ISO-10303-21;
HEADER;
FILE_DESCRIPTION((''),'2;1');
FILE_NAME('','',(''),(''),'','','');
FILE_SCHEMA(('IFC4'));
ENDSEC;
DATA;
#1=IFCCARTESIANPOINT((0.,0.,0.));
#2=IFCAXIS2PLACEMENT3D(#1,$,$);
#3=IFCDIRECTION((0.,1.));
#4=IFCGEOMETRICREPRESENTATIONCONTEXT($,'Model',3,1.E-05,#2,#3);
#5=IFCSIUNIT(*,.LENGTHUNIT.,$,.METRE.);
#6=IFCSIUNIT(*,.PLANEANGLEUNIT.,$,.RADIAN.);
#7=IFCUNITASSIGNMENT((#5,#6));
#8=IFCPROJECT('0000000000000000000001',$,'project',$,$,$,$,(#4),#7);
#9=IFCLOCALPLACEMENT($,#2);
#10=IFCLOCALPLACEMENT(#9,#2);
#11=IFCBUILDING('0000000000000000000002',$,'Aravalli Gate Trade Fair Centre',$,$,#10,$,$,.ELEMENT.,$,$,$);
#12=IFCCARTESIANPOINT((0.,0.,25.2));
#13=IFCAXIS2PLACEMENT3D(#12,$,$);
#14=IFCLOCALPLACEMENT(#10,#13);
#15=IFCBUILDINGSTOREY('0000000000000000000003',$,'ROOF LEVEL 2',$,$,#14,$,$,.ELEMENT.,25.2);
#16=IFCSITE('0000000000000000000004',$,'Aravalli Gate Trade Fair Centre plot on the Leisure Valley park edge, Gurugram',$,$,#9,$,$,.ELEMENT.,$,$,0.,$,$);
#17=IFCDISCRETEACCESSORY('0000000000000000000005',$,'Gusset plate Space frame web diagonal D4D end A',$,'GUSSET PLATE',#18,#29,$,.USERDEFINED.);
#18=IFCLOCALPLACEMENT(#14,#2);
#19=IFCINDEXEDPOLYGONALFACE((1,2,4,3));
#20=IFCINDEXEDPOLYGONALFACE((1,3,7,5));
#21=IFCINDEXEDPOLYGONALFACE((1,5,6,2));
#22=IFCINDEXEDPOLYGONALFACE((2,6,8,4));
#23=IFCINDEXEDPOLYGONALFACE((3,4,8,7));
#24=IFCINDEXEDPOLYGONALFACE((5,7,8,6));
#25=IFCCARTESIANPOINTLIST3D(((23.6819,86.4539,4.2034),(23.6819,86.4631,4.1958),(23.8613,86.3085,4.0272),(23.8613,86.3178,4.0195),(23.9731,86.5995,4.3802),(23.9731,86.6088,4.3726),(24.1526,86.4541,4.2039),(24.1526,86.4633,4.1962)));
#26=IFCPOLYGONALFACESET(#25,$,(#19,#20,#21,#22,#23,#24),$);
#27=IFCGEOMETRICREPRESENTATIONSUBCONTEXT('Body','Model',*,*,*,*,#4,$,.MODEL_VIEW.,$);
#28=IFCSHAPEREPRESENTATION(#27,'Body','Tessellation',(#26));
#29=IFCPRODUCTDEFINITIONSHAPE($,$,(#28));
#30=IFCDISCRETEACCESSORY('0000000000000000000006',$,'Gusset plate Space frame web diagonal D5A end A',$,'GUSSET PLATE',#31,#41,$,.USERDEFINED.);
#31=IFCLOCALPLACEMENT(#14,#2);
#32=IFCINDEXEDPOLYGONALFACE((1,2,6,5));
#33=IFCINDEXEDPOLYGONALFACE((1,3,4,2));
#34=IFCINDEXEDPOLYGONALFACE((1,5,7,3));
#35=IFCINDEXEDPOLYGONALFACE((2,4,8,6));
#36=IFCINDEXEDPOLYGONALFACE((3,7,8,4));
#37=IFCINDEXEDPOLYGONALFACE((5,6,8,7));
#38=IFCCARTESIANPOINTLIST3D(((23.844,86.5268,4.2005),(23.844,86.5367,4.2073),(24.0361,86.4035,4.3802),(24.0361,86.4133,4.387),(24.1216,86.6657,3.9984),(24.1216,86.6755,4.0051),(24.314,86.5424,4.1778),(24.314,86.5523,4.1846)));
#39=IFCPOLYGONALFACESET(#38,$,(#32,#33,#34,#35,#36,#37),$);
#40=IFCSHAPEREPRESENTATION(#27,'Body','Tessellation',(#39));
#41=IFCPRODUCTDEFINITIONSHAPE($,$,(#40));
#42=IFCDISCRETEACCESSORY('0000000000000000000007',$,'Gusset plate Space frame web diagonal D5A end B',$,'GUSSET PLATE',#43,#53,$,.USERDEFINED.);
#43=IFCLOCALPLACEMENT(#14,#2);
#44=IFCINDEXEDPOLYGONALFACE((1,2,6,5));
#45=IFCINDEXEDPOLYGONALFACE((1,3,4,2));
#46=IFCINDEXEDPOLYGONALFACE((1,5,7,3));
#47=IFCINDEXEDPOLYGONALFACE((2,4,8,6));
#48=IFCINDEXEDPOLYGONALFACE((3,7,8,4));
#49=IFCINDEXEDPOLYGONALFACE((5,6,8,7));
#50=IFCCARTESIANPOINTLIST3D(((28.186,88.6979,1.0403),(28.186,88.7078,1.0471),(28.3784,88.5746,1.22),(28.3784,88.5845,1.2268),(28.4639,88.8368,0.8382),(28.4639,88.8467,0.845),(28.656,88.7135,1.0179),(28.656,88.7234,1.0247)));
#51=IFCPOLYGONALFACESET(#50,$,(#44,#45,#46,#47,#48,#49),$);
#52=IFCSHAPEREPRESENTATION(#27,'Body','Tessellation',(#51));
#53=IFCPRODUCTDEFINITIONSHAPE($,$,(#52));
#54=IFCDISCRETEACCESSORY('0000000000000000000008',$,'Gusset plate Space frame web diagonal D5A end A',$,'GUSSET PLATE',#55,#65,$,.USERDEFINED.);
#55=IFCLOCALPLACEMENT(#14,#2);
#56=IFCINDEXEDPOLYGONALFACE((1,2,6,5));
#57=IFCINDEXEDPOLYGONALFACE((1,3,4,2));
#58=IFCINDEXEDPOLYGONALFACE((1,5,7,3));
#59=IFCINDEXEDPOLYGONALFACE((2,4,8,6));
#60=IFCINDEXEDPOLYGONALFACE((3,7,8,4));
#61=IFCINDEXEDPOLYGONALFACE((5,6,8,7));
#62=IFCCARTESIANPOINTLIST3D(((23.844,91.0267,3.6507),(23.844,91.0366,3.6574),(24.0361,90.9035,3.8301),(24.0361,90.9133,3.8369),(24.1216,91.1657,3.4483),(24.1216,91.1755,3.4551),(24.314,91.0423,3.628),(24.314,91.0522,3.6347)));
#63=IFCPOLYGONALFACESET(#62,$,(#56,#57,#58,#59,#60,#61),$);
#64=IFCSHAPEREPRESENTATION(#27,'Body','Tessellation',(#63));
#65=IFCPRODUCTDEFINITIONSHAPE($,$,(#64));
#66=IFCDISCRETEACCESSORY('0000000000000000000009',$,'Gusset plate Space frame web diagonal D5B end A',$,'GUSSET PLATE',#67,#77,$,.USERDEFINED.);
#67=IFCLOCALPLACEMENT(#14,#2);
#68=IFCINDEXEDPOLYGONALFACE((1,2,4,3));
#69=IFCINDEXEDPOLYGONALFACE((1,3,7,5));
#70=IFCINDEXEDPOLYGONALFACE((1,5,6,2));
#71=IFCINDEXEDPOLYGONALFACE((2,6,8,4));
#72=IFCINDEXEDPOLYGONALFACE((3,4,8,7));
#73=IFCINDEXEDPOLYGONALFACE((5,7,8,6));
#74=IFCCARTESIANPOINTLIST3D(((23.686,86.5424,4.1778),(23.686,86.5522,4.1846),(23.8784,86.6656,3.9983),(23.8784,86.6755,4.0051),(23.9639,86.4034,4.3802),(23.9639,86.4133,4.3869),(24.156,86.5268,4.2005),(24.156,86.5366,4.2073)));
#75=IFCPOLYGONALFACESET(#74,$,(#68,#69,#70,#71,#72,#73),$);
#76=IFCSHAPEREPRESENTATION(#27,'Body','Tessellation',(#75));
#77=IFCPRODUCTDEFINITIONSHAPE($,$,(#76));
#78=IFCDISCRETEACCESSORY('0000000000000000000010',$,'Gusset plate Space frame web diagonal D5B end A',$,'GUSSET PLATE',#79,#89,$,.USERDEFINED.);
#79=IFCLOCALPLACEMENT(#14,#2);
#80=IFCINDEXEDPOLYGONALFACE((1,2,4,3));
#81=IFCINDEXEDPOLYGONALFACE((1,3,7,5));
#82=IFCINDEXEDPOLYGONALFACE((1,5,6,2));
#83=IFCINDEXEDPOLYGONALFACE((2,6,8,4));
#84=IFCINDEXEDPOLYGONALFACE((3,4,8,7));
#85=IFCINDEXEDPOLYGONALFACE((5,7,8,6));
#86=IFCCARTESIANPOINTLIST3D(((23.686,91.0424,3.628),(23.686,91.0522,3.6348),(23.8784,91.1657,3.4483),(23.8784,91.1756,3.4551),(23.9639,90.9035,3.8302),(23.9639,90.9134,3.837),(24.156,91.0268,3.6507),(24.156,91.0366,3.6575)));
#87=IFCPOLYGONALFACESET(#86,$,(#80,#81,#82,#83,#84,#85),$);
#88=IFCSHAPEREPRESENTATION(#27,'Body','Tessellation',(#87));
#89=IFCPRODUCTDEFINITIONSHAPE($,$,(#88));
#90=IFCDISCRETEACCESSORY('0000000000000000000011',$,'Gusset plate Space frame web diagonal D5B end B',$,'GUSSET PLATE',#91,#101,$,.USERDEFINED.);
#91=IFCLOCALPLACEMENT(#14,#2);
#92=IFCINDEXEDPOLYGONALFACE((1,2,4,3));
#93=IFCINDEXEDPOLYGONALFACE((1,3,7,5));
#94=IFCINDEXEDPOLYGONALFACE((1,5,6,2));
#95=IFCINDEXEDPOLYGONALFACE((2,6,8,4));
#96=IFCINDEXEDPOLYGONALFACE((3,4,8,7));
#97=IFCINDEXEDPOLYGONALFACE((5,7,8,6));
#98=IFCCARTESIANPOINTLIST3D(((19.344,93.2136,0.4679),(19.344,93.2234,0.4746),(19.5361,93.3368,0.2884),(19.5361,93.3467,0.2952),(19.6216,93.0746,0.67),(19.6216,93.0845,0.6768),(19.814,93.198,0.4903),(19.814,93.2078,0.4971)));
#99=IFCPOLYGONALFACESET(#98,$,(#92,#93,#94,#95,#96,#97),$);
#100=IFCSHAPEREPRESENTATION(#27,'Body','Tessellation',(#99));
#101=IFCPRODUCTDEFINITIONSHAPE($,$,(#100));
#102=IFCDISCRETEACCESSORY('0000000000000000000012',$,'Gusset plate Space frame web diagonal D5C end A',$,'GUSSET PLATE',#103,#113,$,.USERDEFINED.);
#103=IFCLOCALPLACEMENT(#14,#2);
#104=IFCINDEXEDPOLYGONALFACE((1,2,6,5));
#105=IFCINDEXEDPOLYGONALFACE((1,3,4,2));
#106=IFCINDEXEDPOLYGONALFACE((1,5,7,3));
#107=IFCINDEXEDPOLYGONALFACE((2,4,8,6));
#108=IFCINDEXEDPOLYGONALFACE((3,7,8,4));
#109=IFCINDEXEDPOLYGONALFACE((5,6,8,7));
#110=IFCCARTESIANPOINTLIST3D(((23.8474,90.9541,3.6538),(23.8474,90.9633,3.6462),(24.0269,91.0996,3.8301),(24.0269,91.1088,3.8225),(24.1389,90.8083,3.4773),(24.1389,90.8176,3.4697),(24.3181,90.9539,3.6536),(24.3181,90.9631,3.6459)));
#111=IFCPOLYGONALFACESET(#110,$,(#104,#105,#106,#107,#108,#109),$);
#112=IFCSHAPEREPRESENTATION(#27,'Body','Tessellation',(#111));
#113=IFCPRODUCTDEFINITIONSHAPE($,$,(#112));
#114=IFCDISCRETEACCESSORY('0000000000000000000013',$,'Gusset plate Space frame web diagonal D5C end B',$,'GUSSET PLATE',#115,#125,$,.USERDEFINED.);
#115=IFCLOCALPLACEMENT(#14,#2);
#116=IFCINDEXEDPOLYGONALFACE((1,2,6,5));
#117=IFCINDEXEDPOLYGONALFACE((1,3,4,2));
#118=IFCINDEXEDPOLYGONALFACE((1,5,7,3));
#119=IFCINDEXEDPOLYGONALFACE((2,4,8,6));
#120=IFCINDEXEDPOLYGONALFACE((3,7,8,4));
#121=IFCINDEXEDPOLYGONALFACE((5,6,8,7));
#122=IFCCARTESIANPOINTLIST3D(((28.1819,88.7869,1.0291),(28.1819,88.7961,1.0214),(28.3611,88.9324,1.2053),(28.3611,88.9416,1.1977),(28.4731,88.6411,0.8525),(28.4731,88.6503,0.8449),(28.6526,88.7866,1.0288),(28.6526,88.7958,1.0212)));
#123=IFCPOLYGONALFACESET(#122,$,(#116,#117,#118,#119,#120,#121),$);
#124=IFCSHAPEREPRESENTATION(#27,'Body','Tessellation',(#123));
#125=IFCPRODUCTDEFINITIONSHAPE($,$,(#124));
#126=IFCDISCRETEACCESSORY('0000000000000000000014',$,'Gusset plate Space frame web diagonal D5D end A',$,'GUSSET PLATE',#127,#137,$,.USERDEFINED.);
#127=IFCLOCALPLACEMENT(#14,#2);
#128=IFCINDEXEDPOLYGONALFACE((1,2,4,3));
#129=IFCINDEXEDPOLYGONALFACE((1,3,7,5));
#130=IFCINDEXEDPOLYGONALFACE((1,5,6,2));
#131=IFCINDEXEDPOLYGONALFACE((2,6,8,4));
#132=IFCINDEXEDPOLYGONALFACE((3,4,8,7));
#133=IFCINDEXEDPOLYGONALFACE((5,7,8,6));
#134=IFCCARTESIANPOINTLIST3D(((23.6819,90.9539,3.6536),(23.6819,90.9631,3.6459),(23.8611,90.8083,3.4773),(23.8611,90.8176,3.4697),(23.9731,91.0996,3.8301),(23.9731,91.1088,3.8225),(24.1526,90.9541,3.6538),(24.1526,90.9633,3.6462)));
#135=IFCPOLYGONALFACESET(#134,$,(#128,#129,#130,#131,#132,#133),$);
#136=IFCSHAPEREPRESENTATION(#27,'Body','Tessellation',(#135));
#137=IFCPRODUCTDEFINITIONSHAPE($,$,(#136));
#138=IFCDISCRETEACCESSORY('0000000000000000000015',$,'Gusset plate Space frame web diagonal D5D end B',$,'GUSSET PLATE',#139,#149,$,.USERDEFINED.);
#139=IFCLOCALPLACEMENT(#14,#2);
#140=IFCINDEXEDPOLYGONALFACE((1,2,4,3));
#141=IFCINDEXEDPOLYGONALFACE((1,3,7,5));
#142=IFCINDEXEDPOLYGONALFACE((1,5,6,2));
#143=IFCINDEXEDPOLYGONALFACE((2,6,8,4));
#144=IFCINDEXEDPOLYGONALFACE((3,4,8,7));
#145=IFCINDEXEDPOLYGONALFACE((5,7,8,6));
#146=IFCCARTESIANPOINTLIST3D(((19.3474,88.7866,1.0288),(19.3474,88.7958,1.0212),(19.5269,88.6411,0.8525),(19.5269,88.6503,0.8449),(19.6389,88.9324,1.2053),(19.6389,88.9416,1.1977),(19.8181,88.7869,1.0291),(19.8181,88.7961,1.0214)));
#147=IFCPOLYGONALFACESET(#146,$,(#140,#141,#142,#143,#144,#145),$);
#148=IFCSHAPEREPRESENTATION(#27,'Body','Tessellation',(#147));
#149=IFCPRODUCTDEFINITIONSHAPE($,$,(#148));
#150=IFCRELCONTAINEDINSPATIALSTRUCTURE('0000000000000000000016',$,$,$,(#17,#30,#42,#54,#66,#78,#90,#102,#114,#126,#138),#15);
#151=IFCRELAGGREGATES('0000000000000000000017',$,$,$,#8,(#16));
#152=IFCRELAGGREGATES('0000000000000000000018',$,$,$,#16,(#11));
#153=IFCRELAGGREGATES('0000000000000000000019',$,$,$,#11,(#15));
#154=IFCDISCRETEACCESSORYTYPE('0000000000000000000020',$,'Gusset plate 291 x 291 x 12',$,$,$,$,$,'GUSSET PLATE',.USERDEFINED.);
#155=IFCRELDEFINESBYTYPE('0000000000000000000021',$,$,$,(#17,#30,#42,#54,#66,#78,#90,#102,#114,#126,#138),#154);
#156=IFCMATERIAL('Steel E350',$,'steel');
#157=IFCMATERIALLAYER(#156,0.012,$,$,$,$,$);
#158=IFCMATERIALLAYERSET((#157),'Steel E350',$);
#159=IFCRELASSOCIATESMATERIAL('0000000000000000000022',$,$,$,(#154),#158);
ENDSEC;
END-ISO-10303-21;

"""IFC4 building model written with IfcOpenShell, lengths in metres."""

from ifc_helpers import new_model, si_unit, direction, frame, origin, place, context, subcontext, project, spatial, polyline, outline, extrude, material, layer, layer_set, type_object, element, save


model = new_model("IFC4")

# Units and contexts
model_context = context("Model", 3, precision=1e-05, world=origin(), true_north=direction((0.0, 1.0)))
body_context = subcontext(model_context, "Body", "Model", "MODEL_VIEW")
ifc_project = project(units=[si_unit("LENGTHUNIT", "METRE"), si_unit("PLANEANGLEUNIT", "RADIAN")], contexts=[model_context])

# Site, building, storey
site_placement = place(None, origin())
site = spatial("IfcSite", under=ifc_project, at=site_placement, Name="Aravalli Gate Trade Fair Centre plot on the Leisure Valley park edge, Gurugram", CompositionType="ELEMENT", RefElevation=0.0)
building_placement = place(site_placement, origin())
building = spatial("IfcBuilding", under=site, at=building_placement, Name="Aravalli Gate Trade Fair Centre", CompositionType="ELEMENT")
storey_placement = place(building_placement, frame((0.0, 0.0, 25.2)))
storey = spatial("IfcBuildingStorey", under=building, at=storey_placement, Name="ROOF LEVEL 2", CompositionType="ELEMENT", Elevation=25.2)

# Shared definitions
ifc_material_1 = material(Name="Steel E350", Category="steel")

# Discrete accessories
ifc_layer_1 = layer(ifc_material_1, 0.012)
ifc_layer_set_1 = layer_set([ifc_layer_1], Name="Steel E350")
discrete_accessory_type = type_object("IfcDiscreteAccessoryType", Name="Gusset plate 291 x 291 x 12", ElementType="GUSSET PLATE", PredefinedType="USERDEFINED", material=ifc_layer_set_1)
discrete_accessory_1_placement = place(storey_placement, frame((23.6819, 86.4539, 4.2034), z_axis=(-0.00026, -0.771582, 0.63613), x_axis=(0.785986, 0.393126, 0.477156)))
element("IfcDiscreteAccessory", 1, at=discrete_accessory_1_placement, inside=storey, type_object=discrete_accessory_type, Name="Gusset plate Space frame web diagonal D4D end A", ObjectType="GUSSET PLATE", PredefinedType="USERDEFINED", context=body_context, shape_type="SweptSolid", body=[
    extrude(outline(polyline([(0.0, 0.0), (0.3706, 0.0), (0.3703, -0.2906), (-0.0002, -0.2905), (0.0, 0.0)])), origin(), (0.0, 0.0, -1.0), 0.012),
])
discrete_accessory_2_placement = place(storey_placement, frame((24.1216, 86.6755, 4.0051), z_axis=(-0.000059, 0.824356, 0.566072), x_axis=(-0.749371, -0.374861, 0.545822)))
element("IfcDiscreteAccessory", 2, at=discrete_accessory_2_placement, inside=storey, type_object=discrete_accessory_type, Name="Gusset plate Space frame web diagonal D5A end A", ObjectType="GUSSET PLATE", PredefinedType="USERDEFINED", context=body_context, shape_type="SweptSolid", body=[
    extrude(outline(polyline([(0.0, 0.0), (0.3704, 0.0), (0.3707, 0.2905), (0.0, 0.2905), (0.0, 0.0)])), origin(), (0.0, 0.0, -1.0), 0.012),
])
discrete_accessory_3_placement = place(storey_placement, frame((28.186, 88.7078, 1.0471), z_axis=(-0.000356, 0.824387, 0.566027), x_axis=(0.74966, 0.37483, -0.545447)))
element("IfcDiscreteAccessory", 3, at=discrete_accessory_3_placement, inside=storey, type_object=discrete_accessory_type, Name="Gusset plate Space frame web diagonal D5A end B", ObjectType="GUSSET PLATE", PredefinedType="USERDEFINED", context=body_context, shape_type="SweptSolid", body=[
    extrude(outline(polyline([(0.0, 0.0), (0.3706, 0.0), (0.3704, -0.2905), (0.0, -0.2907), (0.0, 0.0)])), origin(), (0.0, 0.0, -1.0), 0.012),
])
discrete_accessory_4_placement = place(storey_placement, frame((24.1216, 91.1755, 3.4551), z_axis=(-0.000059, 0.824356, 0.566072), x_axis=(-0.749102, -0.375034, 0.546073)))
element("IfcDiscreteAccessory", 4, at=discrete_accessory_4_placement, inside=storey, type_object=discrete_accessory_type, Name="Gusset plate Space frame web diagonal D5A end A", ObjectType="GUSSET PLATE", PredefinedType="USERDEFINED", context=body_context, shape_type="SweptSolid", body=[
    extrude(outline(polyline([(0.0, 0.0), (0.3706, 0.0), (0.3709, 0.2904), (0.0002, 0.2907), (0.0, 0.0)])), origin(), (0.0, 0.0, -1.0), 0.012),
])
discrete_accessory_5_placement = place(storey_placement, frame((23.686, 86.5522, 4.1846), z_axis=(0.000059, 0.824356, 0.566072), x_axis=(0.749391, -0.374849, 0.545804)))
element("IfcDiscreteAccessory", 5, at=discrete_accessory_5_placement, inside=storey, type_object=discrete_accessory_type, Name="Gusset plate Space frame web diagonal D5B end A", ObjectType="GUSSET PLATE", PredefinedType="USERDEFINED", context=body_context, shape_type="SweptSolid", body=[
    extrude(outline(polyline([(0.0, 0.0), (0.3707, 0.0), (0.3704, 0.2905), (0.0, 0.2905), (0.0, 0.0)])), origin(), (0.0, 0.0, -1.0), 0.012),
])
discrete_accessory_6_placement = place(storey_placement, frame((23.686, 91.0522, 3.6348), z_axis=(0.000059, 0.824356, 0.566072), x_axis=(0.74966, -0.374676, 0.545552)))
element("IfcDiscreteAccessory", 6, at=discrete_accessory_6_placement, inside=storey, type_object=discrete_accessory_type, Name="Gusset plate Space frame web diagonal D5B end A", ObjectType="GUSSET PLATE", PredefinedType="USERDEFINED", context=body_context, shape_type="SweptSolid", body=[
    extrude(outline(polyline([(0.0, 0.0), (0.3706, 0.0), (0.3706, 0.2904), (0.0, 0.2907), (0.0, 0.0)])), origin(), (0.0, 0.0, -1.0), 0.012),
])
discrete_accessory_7_placement = place(storey_placement, frame((19.6216, 93.0845, 0.6768), z_axis=(0.000339, 0.824216, 0.566276), x_axis=(-0.749371, 0.375169, -0.545611)))
element("IfcDiscreteAccessory", 7, at=discrete_accessory_7_placement, inside=storey, type_object=discrete_accessory_type, Name="Gusset plate Space frame web diagonal D5B end B", ObjectType="GUSSET PLATE", PredefinedType="USERDEFINED", context=body_context, shape_type="SweptSolid", body=[
    extrude(outline(polyline([(0.0, 0.0), (0.3704, 0.0), (0.3706, -0.2904), (0.0001, -0.2907), (0.0, 0.0)])), origin(), (0.0, 0.0, -1.0), 0.012),
])
discrete_accessory_8_placement = place(storey_placement, frame((24.1389, 90.8083, 3.4773), z_axis=(-0.00007, -0.771155, 0.636648), x_axis=(-0.786484, 0.393242, 0.476238)))
element("IfcDiscreteAccessory", 8, at=discrete_accessory_8_placement, inside=storey, type_object=discrete_accessory_type, Name="Gusset plate Space frame web diagonal D5C end A", ObjectType="GUSSET PLATE", PredefinedType="USERDEFINED", context=body_context, shape_type="SweptSolid", body=[
    extrude(outline(polyline([(0.0, 0.0), (0.3706, 0.0), (0.3707, -0.2906), (0.0002, -0.2904), (0.0, 0.0)])), origin(), (0.0, 0.0, -1.0), 0.012),
])
discrete_accessory_9_placement = place(storey_placement, frame((28.1819, 88.7869, 1.0291), z_axis=(-0.00007, -0.771155, 0.636648), x_axis=(0.786233, -0.393446, -0.476485)))
element("IfcDiscreteAccessory", 9, at=discrete_accessory_9_placement, inside=storey, type_object=discrete_accessory_type, Name="Gusset plate Space frame web diagonal D5C end B", ObjectType="GUSSET PLATE", PredefinedType="USERDEFINED", context=body_context, shape_type="SweptSolid", body=[
    extrude(outline(polyline([(0.0, 0.0), (0.3704, 0.0), (0.3703, 0.2906), (-0.0003, 0.2904), (0.0, 0.0)])), origin(), (0.0, 0.0, -1.0), 0.012),
])
discrete_accessory_10_placement = place(storey_placement, frame((23.6819, 90.9539, 3.6536), z_axis=(0.00007, -0.771155, 0.636648), x_axis=(0.786233, 0.393446, 0.476485)))
element("IfcDiscreteAccessory", 10, at=discrete_accessory_10_placement, inside=storey, type_object=discrete_accessory_type, Name="Gusset plate Space frame web diagonal D5D end A", ObjectType="GUSSET PLATE", PredefinedType="USERDEFINED", context=body_context, shape_type="SweptSolid", body=[
    extrude(outline(polyline([(0.0, 0.0), (0.3704, 0.0), (0.3703, -0.2906), (-0.0003, -0.2904), (0.0, 0.0)])), origin(), (0.0, 0.0, -1.0), 0.012),
])
discrete_accessory_11_placement = place(storey_placement, frame((19.6389, 88.9324, 1.2053), z_axis=(0.00007, -0.771155, 0.636648), x_axis=(-0.786484, -0.393242, -0.476238)))
element("IfcDiscreteAccessory", 11, at=discrete_accessory_11_placement, inside=storey, type_object=discrete_accessory_type, Name="Gusset plate Space frame web diagonal D5D end B", ObjectType="GUSSET PLATE", PredefinedType="USERDEFINED", context=body_context, shape_type="SweptSolid", body=[
    extrude(outline(polyline([(0.0, 0.0), (0.3706, 0.0), (0.3707, 0.2906), (0.0002, 0.2904), (0.0, 0.0)])), origin(), (0.0, 0.0, -1.0), 0.012),
])

save(model, "model.ifc")
